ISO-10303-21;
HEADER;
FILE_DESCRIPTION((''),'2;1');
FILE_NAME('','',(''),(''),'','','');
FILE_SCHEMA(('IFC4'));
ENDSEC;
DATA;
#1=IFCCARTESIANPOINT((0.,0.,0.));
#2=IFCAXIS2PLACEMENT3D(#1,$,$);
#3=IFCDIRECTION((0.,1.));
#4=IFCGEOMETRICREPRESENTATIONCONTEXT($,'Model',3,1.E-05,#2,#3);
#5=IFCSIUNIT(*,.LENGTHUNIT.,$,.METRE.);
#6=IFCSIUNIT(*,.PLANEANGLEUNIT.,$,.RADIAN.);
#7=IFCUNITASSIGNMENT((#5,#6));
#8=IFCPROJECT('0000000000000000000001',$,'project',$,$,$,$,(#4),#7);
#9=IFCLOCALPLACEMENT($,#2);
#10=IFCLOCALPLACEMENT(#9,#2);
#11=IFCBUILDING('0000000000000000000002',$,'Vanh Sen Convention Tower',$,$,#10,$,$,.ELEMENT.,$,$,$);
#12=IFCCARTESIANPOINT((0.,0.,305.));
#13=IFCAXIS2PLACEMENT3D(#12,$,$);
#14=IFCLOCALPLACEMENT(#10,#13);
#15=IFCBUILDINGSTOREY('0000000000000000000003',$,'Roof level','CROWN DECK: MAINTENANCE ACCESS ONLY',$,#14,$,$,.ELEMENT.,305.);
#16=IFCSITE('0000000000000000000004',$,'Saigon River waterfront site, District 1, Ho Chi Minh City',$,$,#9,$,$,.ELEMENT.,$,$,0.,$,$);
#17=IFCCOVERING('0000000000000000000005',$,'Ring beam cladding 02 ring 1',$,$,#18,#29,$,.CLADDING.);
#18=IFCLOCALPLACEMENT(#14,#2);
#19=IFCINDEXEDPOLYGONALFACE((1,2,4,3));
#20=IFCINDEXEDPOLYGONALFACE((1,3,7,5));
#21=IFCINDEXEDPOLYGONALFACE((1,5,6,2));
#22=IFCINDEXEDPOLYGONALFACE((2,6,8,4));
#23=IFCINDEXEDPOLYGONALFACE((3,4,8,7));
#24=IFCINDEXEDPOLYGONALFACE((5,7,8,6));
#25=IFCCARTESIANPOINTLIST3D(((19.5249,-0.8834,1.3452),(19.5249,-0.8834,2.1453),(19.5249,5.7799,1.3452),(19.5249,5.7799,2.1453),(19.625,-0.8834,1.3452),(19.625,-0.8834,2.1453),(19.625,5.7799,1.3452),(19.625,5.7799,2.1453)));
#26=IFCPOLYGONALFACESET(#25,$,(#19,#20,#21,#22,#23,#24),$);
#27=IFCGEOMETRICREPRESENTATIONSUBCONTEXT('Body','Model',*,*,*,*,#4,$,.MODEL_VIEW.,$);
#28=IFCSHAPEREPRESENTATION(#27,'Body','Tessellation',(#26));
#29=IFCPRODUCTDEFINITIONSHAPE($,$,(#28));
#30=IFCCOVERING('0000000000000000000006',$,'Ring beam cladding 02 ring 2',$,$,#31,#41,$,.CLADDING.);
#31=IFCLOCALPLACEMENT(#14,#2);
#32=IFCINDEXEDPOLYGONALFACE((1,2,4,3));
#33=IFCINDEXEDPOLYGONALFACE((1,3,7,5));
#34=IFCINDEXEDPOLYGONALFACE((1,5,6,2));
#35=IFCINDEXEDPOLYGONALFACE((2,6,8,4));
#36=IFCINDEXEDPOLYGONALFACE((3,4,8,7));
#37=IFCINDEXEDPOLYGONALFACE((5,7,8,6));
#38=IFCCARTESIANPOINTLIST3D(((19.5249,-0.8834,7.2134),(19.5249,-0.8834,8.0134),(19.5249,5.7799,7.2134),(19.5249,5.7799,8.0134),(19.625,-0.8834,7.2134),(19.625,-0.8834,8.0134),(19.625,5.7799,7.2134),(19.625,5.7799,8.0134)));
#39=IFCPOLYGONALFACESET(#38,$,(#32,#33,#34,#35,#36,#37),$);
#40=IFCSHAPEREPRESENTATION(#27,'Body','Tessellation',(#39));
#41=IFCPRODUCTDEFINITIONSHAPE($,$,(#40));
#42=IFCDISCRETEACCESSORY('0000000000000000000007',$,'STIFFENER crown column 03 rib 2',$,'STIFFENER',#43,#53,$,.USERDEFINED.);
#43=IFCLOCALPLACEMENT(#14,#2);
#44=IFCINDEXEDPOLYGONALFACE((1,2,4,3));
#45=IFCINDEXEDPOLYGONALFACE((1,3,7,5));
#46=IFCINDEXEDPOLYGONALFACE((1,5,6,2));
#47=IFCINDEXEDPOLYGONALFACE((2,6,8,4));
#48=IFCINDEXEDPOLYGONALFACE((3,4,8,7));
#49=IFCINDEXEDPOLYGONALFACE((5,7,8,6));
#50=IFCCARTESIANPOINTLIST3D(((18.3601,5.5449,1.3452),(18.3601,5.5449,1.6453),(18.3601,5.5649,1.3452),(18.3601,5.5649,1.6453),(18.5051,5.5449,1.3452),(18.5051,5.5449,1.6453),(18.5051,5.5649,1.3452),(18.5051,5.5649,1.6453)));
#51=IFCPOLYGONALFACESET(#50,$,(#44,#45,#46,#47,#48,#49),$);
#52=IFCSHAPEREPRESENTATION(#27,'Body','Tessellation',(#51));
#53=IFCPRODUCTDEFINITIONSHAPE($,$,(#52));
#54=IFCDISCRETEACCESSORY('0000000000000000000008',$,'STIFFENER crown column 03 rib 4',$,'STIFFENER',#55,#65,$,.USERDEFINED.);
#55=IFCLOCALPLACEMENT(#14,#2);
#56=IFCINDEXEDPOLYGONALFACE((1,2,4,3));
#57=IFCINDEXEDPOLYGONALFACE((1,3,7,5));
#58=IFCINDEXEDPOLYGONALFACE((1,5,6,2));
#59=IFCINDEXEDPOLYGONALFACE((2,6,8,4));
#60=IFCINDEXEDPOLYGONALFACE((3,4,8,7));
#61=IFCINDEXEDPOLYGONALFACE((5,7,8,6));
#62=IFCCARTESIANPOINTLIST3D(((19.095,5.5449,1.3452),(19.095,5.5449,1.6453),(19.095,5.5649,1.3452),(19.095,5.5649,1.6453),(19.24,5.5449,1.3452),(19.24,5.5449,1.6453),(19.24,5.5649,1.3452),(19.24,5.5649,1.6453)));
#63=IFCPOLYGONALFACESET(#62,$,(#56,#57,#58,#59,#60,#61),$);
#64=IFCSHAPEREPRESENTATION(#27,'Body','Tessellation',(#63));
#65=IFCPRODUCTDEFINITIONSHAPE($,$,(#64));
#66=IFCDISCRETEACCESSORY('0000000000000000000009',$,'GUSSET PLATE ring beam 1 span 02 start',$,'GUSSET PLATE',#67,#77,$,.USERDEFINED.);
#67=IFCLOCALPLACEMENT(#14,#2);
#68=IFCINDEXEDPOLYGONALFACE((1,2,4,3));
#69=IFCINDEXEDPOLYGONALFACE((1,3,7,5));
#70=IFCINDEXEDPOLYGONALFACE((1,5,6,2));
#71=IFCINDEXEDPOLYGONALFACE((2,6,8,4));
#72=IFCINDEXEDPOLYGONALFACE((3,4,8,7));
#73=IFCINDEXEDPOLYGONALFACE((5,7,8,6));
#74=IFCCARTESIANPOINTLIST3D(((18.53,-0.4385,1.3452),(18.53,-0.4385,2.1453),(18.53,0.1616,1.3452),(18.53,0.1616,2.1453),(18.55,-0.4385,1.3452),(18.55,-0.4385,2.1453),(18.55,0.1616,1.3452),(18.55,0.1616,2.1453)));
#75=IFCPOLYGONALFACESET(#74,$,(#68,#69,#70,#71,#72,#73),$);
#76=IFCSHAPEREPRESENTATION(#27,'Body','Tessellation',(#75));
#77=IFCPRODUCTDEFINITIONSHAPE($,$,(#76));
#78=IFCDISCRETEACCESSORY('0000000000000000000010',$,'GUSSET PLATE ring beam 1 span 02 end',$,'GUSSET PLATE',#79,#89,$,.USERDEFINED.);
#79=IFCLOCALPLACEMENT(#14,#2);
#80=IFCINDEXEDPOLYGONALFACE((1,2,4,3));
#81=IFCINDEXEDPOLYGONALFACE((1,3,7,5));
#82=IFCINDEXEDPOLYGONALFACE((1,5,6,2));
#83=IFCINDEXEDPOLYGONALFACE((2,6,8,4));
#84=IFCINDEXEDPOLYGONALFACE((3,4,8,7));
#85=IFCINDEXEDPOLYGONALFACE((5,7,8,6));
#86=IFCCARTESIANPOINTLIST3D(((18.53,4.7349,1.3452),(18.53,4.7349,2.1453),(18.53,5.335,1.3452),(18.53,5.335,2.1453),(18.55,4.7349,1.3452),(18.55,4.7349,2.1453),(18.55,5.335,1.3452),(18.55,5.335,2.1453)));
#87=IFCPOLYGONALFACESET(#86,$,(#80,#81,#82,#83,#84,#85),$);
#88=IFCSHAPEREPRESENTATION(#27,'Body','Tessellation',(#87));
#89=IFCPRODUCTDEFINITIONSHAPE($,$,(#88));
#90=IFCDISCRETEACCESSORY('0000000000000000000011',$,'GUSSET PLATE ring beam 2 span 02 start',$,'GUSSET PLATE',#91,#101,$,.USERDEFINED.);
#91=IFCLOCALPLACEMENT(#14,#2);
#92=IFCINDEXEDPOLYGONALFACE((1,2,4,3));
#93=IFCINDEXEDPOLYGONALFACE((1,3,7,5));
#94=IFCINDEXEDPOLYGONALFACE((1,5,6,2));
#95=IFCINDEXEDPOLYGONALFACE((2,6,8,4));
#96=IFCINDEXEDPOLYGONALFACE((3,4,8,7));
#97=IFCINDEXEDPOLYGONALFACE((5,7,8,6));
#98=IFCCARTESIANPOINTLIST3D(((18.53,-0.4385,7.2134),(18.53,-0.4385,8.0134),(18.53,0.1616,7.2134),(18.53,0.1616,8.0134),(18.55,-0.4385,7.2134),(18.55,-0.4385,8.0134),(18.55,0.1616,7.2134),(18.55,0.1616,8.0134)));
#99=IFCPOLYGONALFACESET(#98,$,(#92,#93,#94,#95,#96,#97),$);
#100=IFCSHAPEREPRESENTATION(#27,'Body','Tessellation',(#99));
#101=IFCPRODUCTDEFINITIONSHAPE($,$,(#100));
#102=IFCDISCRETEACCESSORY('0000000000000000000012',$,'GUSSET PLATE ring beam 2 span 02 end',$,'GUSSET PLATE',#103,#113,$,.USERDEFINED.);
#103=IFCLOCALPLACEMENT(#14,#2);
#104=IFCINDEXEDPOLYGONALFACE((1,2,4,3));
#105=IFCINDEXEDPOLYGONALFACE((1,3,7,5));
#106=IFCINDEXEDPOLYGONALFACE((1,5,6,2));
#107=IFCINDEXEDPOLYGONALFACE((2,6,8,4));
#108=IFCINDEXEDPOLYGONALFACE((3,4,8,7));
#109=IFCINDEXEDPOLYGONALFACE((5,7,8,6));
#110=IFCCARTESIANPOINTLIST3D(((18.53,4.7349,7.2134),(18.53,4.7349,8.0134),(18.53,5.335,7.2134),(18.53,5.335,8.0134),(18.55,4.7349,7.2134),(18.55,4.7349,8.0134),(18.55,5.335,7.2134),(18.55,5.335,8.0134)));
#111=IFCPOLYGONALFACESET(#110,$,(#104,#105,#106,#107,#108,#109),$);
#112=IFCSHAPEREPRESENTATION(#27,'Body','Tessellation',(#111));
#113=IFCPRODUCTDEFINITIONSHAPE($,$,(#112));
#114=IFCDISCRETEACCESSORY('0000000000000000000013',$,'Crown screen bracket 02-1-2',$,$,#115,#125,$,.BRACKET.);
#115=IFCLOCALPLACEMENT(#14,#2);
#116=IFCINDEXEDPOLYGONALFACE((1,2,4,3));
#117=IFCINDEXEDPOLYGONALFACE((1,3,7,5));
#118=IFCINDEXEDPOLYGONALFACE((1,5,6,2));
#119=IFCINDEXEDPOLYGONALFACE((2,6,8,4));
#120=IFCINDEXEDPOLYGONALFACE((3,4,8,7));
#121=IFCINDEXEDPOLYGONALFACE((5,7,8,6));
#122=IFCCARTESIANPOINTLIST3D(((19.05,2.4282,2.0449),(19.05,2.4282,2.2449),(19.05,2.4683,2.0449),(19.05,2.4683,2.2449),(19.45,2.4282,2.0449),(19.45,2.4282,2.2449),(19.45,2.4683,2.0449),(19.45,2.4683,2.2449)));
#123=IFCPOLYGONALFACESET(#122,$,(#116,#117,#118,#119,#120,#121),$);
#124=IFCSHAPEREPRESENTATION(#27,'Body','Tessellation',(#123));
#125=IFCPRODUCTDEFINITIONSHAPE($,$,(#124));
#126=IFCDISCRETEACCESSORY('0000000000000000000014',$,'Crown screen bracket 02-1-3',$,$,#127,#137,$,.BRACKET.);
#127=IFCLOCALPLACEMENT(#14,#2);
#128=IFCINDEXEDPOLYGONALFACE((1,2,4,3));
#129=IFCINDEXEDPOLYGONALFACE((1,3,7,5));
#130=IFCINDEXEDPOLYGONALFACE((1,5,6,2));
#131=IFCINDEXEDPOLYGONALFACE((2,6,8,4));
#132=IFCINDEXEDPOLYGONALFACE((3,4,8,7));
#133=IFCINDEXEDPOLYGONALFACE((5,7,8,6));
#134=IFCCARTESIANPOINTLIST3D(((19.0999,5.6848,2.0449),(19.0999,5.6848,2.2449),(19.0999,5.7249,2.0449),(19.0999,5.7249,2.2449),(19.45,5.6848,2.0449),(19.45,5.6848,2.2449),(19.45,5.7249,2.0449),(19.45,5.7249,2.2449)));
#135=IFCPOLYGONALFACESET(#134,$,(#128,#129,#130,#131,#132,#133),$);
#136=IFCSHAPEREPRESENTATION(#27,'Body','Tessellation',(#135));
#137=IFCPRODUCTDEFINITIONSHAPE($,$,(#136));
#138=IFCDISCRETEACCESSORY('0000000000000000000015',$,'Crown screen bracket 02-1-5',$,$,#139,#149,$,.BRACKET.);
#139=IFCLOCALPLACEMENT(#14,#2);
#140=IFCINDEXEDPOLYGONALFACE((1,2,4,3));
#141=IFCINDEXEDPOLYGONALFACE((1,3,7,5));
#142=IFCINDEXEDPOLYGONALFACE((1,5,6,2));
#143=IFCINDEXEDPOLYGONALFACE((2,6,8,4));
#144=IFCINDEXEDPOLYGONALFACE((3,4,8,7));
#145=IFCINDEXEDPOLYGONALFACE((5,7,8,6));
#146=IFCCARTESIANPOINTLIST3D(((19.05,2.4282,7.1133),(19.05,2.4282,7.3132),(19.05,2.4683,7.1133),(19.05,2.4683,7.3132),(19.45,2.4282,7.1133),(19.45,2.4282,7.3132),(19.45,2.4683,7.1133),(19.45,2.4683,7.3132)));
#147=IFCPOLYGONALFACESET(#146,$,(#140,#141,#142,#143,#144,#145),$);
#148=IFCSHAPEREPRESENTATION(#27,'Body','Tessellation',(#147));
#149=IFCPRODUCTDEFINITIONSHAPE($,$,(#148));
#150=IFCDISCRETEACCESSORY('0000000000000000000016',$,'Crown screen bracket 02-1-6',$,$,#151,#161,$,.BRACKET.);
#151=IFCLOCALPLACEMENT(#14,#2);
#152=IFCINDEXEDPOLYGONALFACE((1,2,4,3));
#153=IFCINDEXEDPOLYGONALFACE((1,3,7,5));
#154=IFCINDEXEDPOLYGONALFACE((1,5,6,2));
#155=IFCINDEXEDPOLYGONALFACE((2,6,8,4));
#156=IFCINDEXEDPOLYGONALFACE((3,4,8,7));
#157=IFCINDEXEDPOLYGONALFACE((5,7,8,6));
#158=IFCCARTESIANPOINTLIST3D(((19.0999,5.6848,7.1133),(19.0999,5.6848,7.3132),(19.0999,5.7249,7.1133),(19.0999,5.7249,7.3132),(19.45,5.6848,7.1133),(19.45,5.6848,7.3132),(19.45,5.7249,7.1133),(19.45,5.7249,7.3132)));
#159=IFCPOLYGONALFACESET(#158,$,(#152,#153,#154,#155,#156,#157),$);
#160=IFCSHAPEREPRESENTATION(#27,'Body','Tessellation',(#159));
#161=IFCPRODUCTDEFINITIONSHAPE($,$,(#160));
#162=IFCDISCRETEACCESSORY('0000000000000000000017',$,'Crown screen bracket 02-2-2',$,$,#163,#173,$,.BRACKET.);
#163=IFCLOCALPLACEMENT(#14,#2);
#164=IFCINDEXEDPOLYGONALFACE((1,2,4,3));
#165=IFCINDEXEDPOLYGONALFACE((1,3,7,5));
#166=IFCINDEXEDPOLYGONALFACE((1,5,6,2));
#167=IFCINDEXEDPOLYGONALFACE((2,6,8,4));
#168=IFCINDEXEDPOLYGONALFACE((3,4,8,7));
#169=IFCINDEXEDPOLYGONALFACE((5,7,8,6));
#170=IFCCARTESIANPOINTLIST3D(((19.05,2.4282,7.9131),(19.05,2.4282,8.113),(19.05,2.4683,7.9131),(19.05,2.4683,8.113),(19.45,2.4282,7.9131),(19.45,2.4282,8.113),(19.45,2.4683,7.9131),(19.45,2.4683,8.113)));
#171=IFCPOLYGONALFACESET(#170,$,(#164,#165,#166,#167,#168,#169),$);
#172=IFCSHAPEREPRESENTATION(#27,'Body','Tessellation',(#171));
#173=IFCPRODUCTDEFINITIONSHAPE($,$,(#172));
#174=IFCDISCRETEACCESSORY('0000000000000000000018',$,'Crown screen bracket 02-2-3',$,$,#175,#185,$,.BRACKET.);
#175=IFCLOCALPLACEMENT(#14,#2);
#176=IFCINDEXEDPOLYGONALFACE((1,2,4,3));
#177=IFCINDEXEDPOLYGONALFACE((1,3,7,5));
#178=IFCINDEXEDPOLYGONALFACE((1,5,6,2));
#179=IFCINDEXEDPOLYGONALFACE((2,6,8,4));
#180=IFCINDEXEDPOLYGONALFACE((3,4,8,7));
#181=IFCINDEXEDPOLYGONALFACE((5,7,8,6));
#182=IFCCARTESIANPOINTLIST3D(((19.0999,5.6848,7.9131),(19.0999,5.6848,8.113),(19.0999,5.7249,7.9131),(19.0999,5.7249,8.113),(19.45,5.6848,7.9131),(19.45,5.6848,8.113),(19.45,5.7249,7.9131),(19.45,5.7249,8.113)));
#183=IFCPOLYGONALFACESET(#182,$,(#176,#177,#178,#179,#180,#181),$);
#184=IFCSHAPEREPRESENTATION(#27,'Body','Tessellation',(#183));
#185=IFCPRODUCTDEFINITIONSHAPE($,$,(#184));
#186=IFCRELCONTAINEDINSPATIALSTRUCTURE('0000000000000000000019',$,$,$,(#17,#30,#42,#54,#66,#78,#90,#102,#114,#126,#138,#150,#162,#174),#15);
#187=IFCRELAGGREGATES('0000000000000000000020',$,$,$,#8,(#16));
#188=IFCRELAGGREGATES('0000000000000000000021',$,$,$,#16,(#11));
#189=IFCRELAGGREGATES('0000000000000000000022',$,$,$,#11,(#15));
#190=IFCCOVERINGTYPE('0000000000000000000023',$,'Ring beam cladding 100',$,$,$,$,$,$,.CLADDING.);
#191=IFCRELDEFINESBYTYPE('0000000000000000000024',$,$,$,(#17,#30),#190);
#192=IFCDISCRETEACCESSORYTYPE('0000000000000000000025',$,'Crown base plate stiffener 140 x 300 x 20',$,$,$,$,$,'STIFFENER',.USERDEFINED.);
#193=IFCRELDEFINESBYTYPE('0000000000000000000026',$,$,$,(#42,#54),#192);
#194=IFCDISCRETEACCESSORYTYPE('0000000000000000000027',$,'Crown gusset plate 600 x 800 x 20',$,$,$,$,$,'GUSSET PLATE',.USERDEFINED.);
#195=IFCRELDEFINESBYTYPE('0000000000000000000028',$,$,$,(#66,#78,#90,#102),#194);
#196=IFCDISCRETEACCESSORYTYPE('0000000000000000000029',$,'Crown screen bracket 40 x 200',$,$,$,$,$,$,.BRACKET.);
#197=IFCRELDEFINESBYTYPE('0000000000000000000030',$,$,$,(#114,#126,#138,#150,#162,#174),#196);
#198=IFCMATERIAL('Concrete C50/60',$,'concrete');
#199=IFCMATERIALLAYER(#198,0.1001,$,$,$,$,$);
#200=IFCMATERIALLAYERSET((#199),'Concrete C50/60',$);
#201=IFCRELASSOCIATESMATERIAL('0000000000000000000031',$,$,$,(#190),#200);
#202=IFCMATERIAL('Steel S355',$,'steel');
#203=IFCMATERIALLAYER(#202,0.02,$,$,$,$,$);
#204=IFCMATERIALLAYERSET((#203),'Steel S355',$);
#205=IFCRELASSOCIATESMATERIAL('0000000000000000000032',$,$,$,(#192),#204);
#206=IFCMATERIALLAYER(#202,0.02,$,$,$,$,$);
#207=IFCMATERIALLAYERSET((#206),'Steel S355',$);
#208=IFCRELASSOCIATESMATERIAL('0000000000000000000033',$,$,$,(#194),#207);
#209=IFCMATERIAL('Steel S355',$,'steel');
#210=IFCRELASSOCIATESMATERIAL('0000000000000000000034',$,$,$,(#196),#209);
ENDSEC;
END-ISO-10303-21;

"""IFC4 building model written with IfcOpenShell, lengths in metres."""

from ifc_helpers import new_model, si_unit, direction, frame, origin, origin_2d, place, context, subcontext, project, spatial, rectangle, extrude, material, layer, layer_set, type_object, element, save


model = new_model("IFC4")

# Units and contexts
model_context = context("Model", 3, precision=1e-05, world=origin(), true_north=direction((0.0, 1.0)))
body_context = subcontext(model_context, "Body", "Model", "MODEL_VIEW")
ifc_project = project(units=[si_unit("LENGTHUNIT", "METRE"), si_unit("PLANEANGLEUNIT", "RADIAN")], contexts=[model_context])

# Site, building, storey
site_placement = place(None, origin())
site = spatial("IfcSite", under=ifc_project, at=site_placement, Name="Saigon River waterfront site, District 1, Ho Chi Minh City", CompositionType="ELEMENT", RefElevation=0.0)
building_placement = place(site_placement, origin())
building = spatial("IfcBuilding", under=site, at=building_placement, Name="Vanh Sen Convention Tower", CompositionType="ELEMENT")
storey_placement = place(building_placement, frame((0.0, 0.0, 305.0)))
storey = spatial("IfcBuildingStorey", under=building, at=storey_placement, Name="Roof level", Description="CROWN DECK: MAINTENANCE ACCESS ONLY", CompositionType="ELEMENT", Elevation=305.0)

# Coverings
ifc_material_1 = material(Name="Concrete C50/60", Category="concrete")
ifc_layer_1 = layer(ifc_material_1, 0.1001)
ifc_layer_set_1 = layer_set([ifc_layer_1], Name="Concrete C50/60")
covering_type = type_object("IfcCoveringType", Name="Ring beam cladding 100", PredefinedType="CLADDING", material=ifc_layer_set_1)
for number, where, z_axis, x_axis, name in (
    (1, (19.575, 2.4482, 1.3452), (0.0, 0.0, 1.0), (0.0, 1.0, 0.0), "Ring beam cladding 02 ring 1"),
    (2, (19.575, 2.4482, 7.2134), (0.0, 0.0, 1.0), (0.0, 1.0, 0.0), "Ring beam cladding 02 ring 2"),
):
    element("IfcCovering", number, at=place(storey_placement, frame(where, z_axis=z_axis, x_axis=x_axis)), inside=storey, type_object=covering_type, Name=name, PredefinedType="CLADDING", context=body_context, shape_type="SweptSolid", body=[
        extrude(rectangle(XDim=6.6633, YDim=0.1001, at=origin_2d()), origin(), (0.0, 0.0, 1.0), 0.8),
    ])

# Discrete accessories
ifc_material_2 = material(Name="Steel S355", Category="steel")
ifc_layer_2 = layer(ifc_material_2, 0.02)
ifc_layer_set_2 = layer_set([ifc_layer_2], Name="Steel S355")
discrete_accessory_type_1 = type_object("IfcDiscreteAccessoryType", Name="Crown base plate stiffener 140 x 300 x 20", ElementType="STIFFENER", PredefinedType="USERDEFINED", material=ifc_layer_set_2)
for number, where, z_axis, x_axis, name in (
    (3, (18.4326, 5.5549, 1.3452), (0.0, 0.0, 1.0), (-1.0, 0.0, 0.0), "STIFFENER crown column 03 rib 2"),
    (4, (19.1675, 5.5549, 1.3452), (0.0, 0.0, 1.0), (-1.0, 0.0, 0.0), "STIFFENER crown column 03 rib 4"),
):
    element("IfcDiscreteAccessory", number, at=place(storey_placement, frame(where, z_axis=z_axis, x_axis=x_axis)), inside=storey, type_object=discrete_accessory_type_1, Name=name, ObjectType="STIFFENER", PredefinedType="USERDEFINED", context=body_context, shape_type="SweptSolid", body=[
        extrude(rectangle(XDim=0.145, YDim=0.02, at=origin_2d()), origin(), (0.0, 0.0, 1.0), 0.3),
    ])
ifc_layer_3 = layer(ifc_material_2, 0.02)
ifc_layer_set_3 = layer_set([ifc_layer_3], Name="Steel S355")
discrete_accessory_type_2 = type_object("IfcDiscreteAccessoryType", Name="Crown gusset plate 600 x 800 x 20", ElementType="GUSSET PLATE", PredefinedType="USERDEFINED", material=ifc_layer_set_3)
for number, where, z_axis, x_axis, name in (
    (5, (18.54, -0.1384, 1.3452), (0.0, 0.0, 1.0), (0.0, 1.0, 0.0), "GUSSET PLATE ring beam 1 span 02 start"),
    (6, (18.54, 5.0349, 1.3452), (0.0, 0.0, 1.0), (0.0, -1.0, 0.0), "GUSSET PLATE ring beam 1 span 02 end"),
    (7, (18.54, -0.1384, 7.2134), (0.0, 0.0, 1.0), (0.0, 1.0, 0.0), "GUSSET PLATE ring beam 2 span 02 start"),
    (8, (18.54, 5.0349, 7.2134), (0.0, 0.0, 1.0), (0.0, -1.0, 0.0), "GUSSET PLATE ring beam 2 span 02 end"),
):
    element("IfcDiscreteAccessory", number, at=place(storey_placement, frame(where, z_axis=z_axis, x_axis=x_axis)), inside=storey, type_object=discrete_accessory_type_2, Name=name, ObjectType="GUSSET PLATE", PredefinedType="USERDEFINED", context=body_context, shape_type="SweptSolid", body=[
        extrude(rectangle(XDim=0.6001, YDim=0.02, at=origin_2d()), origin(), (0.0, 0.0, 1.0), 0.8),
    ])
ifc_material_3 = material(Name="Steel S355", Category="steel")
discrete_accessory_type_3 = type_object("IfcDiscreteAccessoryType", Name="Crown screen bracket 40 x 200", PredefinedType="BRACKET", material=ifc_material_3)
discrete_accessory_1_placement = place(storey_placement, frame((19.25, 2.4482, 2.0449), z_axis=(0.0, 0.0, 1.0), x_axis=(1.0, 0.0, 0.0)))
element("IfcDiscreteAccessory", 9, at=discrete_accessory_1_placement, inside=storey, type_object=discrete_accessory_type_3, Name="Crown screen bracket 02-1-2", PredefinedType="BRACKET", context=body_context, shape_type="SweptSolid", body=[
    extrude(rectangle(XDim=0.3999, YDim=0.04, at=origin_2d()), origin(), (0.0, 0.0, 1.0), 0.2),
])
discrete_accessory_2_placement = place(storey_placement, frame((19.2749, 5.7048, 2.0449), z_axis=(0.0, 0.0, 1.0), x_axis=(1.0, 0.0, 0.0)))
element("IfcDiscreteAccessory", 10, at=discrete_accessory_2_placement, inside=storey, type_object=discrete_accessory_type_3, Name="Crown screen bracket 02-1-3", PredefinedType="BRACKET", context=body_context, shape_type="SweptSolid", body=[
    extrude(rectangle(XDim=0.3501, YDim=0.04, at=origin_2d()), origin(), (0.0, 0.0, 1.0), 0.2),
])
discrete_accessory_3_placement = place(storey_placement, frame((19.25, 2.4482, 7.1133), z_axis=(0.0, 0.0, 1.0), x_axis=(1.0, 0.0, 0.0)))
element("IfcDiscreteAccessory", 11, at=discrete_accessory_3_placement, inside=storey, type_object=discrete_accessory_type_3, Name="Crown screen bracket 02-1-5", PredefinedType="BRACKET", context=body_context, shape_type="SweptSolid", body=[
    extrude(rectangle(XDim=0.3999, YDim=0.04, at=origin_2d()), origin(), (0.0, 0.0, 1.0), 0.2),
])
discrete_accessory_4_placement = place(storey_placement, frame((19.2749, 5.7048, 7.1133), z_axis=(0.0, 0.0, 1.0), x_axis=(1.0, 0.0, 0.0)))
element("IfcDiscreteAccessory", 12, at=discrete_accessory_4_placement, inside=storey, type_object=discrete_accessory_type_3, Name="Crown screen bracket 02-1-6", PredefinedType="BRACKET", context=body_context, shape_type="SweptSolid", body=[
    extrude(rectangle(XDim=0.3501, YDim=0.04, at=origin_2d()), origin(), (0.0, 0.0, 1.0), 0.2),
])
discrete_accessory_5_placement = place(storey_placement, frame((19.25, 2.4482, 7.9131), z_axis=(0.0, 0.0, 1.0), x_axis=(1.0, 0.0, 0.0)))
element("IfcDiscreteAccessory", 13, at=discrete_accessory_5_placement, inside=storey, type_object=discrete_accessory_type_3, Name="Crown screen bracket 02-2-2", PredefinedType="BRACKET", context=body_context, shape_type="SweptSolid", body=[
    extrude(rectangle(XDim=0.3999, YDim=0.04, at=origin_2d()), origin(), (0.0, 0.0, 1.0), 0.2),
])
discrete_accessory_6_placement = place(storey_placement, frame((19.2749, 5.7048, 7.9131), z_axis=(0.0, 0.0, 1.0), x_axis=(1.0, 0.0, 0.0)))
element("IfcDiscreteAccessory", 14, at=discrete_accessory_6_placement, inside=storey, type_object=discrete_accessory_type_3, Name="Crown screen bracket 02-2-3", PredefinedType="BRACKET", context=body_context, shape_type="SweptSolid", body=[
    extrude(rectangle(XDim=0.3501, YDim=0.04, at=origin_2d()), origin(), (0.0, 0.0, 1.0), 0.2),
])

save(model, "model.ifc")
